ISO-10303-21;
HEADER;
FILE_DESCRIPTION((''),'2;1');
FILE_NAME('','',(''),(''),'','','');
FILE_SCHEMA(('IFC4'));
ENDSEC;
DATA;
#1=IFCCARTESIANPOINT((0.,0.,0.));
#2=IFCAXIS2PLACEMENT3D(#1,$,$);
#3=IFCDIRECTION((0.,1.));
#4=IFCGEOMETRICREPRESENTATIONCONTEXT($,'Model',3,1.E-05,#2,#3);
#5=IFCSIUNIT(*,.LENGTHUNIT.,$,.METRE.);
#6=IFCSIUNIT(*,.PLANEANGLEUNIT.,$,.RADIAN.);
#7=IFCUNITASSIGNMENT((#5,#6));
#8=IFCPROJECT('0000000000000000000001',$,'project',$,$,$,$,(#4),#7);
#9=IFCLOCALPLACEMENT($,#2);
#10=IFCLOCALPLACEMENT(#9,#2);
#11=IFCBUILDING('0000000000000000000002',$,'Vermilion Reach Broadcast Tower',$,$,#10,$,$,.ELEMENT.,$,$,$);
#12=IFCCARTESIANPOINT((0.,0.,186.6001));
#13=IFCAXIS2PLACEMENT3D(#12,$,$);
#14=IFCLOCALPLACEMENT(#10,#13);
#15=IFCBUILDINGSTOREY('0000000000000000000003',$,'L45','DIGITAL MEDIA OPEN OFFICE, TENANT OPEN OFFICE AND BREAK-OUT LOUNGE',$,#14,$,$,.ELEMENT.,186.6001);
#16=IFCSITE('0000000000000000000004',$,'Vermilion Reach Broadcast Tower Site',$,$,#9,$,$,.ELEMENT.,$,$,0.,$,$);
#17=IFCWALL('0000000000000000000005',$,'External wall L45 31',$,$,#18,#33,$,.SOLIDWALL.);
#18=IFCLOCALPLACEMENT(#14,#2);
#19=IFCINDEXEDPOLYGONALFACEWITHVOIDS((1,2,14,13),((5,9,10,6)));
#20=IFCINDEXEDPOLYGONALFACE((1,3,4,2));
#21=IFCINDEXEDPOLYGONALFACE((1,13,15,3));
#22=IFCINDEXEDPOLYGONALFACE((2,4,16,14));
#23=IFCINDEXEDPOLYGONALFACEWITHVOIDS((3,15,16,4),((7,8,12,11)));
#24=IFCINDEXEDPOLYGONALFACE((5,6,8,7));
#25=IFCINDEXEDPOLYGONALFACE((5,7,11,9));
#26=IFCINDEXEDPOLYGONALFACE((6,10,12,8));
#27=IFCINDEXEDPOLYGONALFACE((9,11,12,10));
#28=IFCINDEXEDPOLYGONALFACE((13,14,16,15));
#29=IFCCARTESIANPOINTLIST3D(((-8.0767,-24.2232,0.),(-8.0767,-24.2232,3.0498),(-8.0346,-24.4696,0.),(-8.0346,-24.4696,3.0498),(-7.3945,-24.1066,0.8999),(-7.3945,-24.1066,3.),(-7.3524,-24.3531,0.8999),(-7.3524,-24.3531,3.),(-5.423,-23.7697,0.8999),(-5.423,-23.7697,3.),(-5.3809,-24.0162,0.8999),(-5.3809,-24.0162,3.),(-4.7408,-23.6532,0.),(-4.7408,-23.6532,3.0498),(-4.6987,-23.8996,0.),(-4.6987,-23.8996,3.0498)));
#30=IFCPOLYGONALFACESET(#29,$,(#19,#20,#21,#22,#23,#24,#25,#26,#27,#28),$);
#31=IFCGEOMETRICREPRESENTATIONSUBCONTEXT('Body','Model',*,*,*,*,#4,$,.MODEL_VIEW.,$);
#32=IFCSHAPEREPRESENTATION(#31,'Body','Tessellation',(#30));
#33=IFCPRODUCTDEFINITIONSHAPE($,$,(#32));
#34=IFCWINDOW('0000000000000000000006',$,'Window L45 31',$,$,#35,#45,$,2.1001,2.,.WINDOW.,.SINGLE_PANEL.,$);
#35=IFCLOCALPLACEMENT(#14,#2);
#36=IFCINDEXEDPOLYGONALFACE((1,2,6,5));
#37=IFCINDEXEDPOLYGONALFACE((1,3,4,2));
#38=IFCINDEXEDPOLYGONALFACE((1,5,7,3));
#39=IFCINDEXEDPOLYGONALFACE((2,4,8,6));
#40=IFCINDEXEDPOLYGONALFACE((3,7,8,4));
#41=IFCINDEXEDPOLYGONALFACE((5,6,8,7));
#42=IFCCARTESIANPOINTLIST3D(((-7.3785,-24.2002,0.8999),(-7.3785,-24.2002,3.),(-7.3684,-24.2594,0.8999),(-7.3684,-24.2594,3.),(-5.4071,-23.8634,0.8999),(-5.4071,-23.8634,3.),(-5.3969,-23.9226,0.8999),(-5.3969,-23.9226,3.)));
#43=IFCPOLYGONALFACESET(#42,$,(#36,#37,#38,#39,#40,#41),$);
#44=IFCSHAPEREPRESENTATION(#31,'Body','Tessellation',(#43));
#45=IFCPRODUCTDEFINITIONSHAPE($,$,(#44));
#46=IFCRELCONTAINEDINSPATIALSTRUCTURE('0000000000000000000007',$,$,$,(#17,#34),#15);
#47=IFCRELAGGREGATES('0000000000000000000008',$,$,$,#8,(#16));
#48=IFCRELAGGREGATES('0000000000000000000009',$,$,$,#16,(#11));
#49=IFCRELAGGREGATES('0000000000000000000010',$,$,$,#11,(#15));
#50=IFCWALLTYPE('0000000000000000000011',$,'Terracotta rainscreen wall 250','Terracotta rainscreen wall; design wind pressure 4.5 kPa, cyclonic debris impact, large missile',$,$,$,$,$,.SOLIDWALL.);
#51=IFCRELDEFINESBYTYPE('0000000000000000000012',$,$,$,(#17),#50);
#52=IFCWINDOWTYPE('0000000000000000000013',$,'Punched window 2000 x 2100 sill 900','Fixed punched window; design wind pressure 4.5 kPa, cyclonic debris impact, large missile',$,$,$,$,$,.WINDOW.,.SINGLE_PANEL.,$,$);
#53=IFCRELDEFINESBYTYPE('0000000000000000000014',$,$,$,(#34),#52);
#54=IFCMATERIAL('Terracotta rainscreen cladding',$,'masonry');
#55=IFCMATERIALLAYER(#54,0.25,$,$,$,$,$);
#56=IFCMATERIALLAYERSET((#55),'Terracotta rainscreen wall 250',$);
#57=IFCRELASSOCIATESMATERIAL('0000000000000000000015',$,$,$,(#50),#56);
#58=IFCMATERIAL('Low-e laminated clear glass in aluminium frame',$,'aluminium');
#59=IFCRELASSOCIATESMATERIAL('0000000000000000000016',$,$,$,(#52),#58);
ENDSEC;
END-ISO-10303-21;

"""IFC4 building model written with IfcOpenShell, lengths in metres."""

from ifc_helpers import new_model, si_unit, direction, frame, frame_2d, origin, place, context, subcontext, project, spatial, rectangle, extrude, material, layer, layer_set, type_object, element, fill, save


model = new_model("IFC4")

# Units and contexts
model_context = context("Model", 3, precision=1e-05, world=origin(), true_north=direction((0.0, 1.0)))
body_context = subcontext(model_context, "Body", "Model", "MODEL_VIEW")
ifc_project = project(units=[si_unit("LENGTHUNIT", "METRE"), si_unit("PLANEANGLEUNIT", "RADIAN")], contexts=[model_context])

# Site, building, storey
site_placement = place(None, origin())
site = spatial("IfcSite", under=ifc_project, at=site_placement, Name="Vermilion Reach Broadcast Tower Site", CompositionType="ELEMENT", RefElevation=0.0)
building_placement = place(site_placement, origin())
building = spatial("IfcBuilding", under=site, at=building_placement, Name="Vermilion Reach Broadcast Tower", CompositionType="ELEMENT")
storey_placement = place(building_placement, frame((0.0, 0.0, 186.6001)))
storey = spatial("IfcBuildingStorey", under=building, at=storey_placement, Name="L45", Description="DIGITAL MEDIA OPEN OFFICE, TENANT OPEN OFFICE AND BREAK-OUT LOUNGE", CompositionType="ELEMENT", Elevation=186.6001)

# Shared definitions
ifc_material_1 = material(Name="Terracotta rainscreen cladding", Category="masonry")
ifc_layer_1 = layer(ifc_material_1, 0.25)
ifc_layer_set_1 = layer_set([ifc_layer_1], Name="Terracotta rainscreen wall 250")
wall_type_1 = type_object("IfcWallType", Name="Terracotta rainscreen wall 250", Description="Terracotta rainscreen wall; design wind pressure 4.5 kPa, cyclonic debris impact, large missile", PredefinedType="SOLIDWALL", material=ifc_layer_set_1)

# Wall, opening, window
ifc_material_2 = material(Name="Low-e laminated clear glass in aluminium frame", Category="aluminium")
window_type = type_object("IfcWindowType", Name="Punched window 2000 x 2100 sill 900", Description="Fixed punched window; design wind pressure 4.5 kPa, cyclonic debris impact, large missile", PartitioningType="SINGLE_PANEL", PredefinedType="WINDOW", material=ifc_material_2)
wall_1_placement = place(storey_placement, frame((-8.0557, -24.3464, 0.0), z_axis=(0.0, 0.0, 1.0), x_axis=(0.985711, 0.168445, 0.0)))
wall_1 = element("IfcWall", 1, at=wall_1_placement, inside=storey, type_object=wall_type_1, Name="External wall L45 31", PredefinedType="SOLIDWALL", context=body_context, shape_type="SweptSolid", body=[
    extrude(rectangle(XDim=3.3843, YDim=0.25, at=frame_2d((1.6921, 0.0))), origin(), (0.0, 0.0, 1.0), 3.0498),
])
opening_1_placement = place(wall_1_placement, frame((0.6921, 0.0, 0.8999)))
opening_1 = element("IfcOpeningElement", 2, at=opening_1_placement, cuts=wall_1, PredefinedType="OPENING", context=body_context, shape_type="SweptSolid", body=[
    extrude(rectangle(XDim=2.0, YDim=2.1001, at=frame_2d((1.0, 1.05))), frame((0.0, 0.135, 0.0), z_axis=(0.0, -1.0, 0.0), x_axis=(1.0, 0.0, 0.0)), (0.0, 0.0, 1.0), 0.27),
])
window_1_placement = place(opening_1_placement, origin())
window_1 = element("IfcWindow", 3, at=window_1_placement, inside=storey, type_object=window_type, Name="Window L45 31", OverallHeight=2.1001, OverallWidth=2.0, PartitioningType="SINGLE_PANEL", PredefinedType="WINDOW", context=body_context, shape_type="SweptSolid", body=[
    extrude(rectangle(XDim=2.0, YDim=2.1001, at=frame_2d((1.0, 1.05))), frame((0.0, 0.03, 0.0), z_axis=(0.0, -1.0, 0.0), x_axis=(1.0, 0.0, 0.0)), (0.0, 0.0, 1.0), 0.0601),
])
fill(opening_1, window_1)

save(model, "model.ifc")
